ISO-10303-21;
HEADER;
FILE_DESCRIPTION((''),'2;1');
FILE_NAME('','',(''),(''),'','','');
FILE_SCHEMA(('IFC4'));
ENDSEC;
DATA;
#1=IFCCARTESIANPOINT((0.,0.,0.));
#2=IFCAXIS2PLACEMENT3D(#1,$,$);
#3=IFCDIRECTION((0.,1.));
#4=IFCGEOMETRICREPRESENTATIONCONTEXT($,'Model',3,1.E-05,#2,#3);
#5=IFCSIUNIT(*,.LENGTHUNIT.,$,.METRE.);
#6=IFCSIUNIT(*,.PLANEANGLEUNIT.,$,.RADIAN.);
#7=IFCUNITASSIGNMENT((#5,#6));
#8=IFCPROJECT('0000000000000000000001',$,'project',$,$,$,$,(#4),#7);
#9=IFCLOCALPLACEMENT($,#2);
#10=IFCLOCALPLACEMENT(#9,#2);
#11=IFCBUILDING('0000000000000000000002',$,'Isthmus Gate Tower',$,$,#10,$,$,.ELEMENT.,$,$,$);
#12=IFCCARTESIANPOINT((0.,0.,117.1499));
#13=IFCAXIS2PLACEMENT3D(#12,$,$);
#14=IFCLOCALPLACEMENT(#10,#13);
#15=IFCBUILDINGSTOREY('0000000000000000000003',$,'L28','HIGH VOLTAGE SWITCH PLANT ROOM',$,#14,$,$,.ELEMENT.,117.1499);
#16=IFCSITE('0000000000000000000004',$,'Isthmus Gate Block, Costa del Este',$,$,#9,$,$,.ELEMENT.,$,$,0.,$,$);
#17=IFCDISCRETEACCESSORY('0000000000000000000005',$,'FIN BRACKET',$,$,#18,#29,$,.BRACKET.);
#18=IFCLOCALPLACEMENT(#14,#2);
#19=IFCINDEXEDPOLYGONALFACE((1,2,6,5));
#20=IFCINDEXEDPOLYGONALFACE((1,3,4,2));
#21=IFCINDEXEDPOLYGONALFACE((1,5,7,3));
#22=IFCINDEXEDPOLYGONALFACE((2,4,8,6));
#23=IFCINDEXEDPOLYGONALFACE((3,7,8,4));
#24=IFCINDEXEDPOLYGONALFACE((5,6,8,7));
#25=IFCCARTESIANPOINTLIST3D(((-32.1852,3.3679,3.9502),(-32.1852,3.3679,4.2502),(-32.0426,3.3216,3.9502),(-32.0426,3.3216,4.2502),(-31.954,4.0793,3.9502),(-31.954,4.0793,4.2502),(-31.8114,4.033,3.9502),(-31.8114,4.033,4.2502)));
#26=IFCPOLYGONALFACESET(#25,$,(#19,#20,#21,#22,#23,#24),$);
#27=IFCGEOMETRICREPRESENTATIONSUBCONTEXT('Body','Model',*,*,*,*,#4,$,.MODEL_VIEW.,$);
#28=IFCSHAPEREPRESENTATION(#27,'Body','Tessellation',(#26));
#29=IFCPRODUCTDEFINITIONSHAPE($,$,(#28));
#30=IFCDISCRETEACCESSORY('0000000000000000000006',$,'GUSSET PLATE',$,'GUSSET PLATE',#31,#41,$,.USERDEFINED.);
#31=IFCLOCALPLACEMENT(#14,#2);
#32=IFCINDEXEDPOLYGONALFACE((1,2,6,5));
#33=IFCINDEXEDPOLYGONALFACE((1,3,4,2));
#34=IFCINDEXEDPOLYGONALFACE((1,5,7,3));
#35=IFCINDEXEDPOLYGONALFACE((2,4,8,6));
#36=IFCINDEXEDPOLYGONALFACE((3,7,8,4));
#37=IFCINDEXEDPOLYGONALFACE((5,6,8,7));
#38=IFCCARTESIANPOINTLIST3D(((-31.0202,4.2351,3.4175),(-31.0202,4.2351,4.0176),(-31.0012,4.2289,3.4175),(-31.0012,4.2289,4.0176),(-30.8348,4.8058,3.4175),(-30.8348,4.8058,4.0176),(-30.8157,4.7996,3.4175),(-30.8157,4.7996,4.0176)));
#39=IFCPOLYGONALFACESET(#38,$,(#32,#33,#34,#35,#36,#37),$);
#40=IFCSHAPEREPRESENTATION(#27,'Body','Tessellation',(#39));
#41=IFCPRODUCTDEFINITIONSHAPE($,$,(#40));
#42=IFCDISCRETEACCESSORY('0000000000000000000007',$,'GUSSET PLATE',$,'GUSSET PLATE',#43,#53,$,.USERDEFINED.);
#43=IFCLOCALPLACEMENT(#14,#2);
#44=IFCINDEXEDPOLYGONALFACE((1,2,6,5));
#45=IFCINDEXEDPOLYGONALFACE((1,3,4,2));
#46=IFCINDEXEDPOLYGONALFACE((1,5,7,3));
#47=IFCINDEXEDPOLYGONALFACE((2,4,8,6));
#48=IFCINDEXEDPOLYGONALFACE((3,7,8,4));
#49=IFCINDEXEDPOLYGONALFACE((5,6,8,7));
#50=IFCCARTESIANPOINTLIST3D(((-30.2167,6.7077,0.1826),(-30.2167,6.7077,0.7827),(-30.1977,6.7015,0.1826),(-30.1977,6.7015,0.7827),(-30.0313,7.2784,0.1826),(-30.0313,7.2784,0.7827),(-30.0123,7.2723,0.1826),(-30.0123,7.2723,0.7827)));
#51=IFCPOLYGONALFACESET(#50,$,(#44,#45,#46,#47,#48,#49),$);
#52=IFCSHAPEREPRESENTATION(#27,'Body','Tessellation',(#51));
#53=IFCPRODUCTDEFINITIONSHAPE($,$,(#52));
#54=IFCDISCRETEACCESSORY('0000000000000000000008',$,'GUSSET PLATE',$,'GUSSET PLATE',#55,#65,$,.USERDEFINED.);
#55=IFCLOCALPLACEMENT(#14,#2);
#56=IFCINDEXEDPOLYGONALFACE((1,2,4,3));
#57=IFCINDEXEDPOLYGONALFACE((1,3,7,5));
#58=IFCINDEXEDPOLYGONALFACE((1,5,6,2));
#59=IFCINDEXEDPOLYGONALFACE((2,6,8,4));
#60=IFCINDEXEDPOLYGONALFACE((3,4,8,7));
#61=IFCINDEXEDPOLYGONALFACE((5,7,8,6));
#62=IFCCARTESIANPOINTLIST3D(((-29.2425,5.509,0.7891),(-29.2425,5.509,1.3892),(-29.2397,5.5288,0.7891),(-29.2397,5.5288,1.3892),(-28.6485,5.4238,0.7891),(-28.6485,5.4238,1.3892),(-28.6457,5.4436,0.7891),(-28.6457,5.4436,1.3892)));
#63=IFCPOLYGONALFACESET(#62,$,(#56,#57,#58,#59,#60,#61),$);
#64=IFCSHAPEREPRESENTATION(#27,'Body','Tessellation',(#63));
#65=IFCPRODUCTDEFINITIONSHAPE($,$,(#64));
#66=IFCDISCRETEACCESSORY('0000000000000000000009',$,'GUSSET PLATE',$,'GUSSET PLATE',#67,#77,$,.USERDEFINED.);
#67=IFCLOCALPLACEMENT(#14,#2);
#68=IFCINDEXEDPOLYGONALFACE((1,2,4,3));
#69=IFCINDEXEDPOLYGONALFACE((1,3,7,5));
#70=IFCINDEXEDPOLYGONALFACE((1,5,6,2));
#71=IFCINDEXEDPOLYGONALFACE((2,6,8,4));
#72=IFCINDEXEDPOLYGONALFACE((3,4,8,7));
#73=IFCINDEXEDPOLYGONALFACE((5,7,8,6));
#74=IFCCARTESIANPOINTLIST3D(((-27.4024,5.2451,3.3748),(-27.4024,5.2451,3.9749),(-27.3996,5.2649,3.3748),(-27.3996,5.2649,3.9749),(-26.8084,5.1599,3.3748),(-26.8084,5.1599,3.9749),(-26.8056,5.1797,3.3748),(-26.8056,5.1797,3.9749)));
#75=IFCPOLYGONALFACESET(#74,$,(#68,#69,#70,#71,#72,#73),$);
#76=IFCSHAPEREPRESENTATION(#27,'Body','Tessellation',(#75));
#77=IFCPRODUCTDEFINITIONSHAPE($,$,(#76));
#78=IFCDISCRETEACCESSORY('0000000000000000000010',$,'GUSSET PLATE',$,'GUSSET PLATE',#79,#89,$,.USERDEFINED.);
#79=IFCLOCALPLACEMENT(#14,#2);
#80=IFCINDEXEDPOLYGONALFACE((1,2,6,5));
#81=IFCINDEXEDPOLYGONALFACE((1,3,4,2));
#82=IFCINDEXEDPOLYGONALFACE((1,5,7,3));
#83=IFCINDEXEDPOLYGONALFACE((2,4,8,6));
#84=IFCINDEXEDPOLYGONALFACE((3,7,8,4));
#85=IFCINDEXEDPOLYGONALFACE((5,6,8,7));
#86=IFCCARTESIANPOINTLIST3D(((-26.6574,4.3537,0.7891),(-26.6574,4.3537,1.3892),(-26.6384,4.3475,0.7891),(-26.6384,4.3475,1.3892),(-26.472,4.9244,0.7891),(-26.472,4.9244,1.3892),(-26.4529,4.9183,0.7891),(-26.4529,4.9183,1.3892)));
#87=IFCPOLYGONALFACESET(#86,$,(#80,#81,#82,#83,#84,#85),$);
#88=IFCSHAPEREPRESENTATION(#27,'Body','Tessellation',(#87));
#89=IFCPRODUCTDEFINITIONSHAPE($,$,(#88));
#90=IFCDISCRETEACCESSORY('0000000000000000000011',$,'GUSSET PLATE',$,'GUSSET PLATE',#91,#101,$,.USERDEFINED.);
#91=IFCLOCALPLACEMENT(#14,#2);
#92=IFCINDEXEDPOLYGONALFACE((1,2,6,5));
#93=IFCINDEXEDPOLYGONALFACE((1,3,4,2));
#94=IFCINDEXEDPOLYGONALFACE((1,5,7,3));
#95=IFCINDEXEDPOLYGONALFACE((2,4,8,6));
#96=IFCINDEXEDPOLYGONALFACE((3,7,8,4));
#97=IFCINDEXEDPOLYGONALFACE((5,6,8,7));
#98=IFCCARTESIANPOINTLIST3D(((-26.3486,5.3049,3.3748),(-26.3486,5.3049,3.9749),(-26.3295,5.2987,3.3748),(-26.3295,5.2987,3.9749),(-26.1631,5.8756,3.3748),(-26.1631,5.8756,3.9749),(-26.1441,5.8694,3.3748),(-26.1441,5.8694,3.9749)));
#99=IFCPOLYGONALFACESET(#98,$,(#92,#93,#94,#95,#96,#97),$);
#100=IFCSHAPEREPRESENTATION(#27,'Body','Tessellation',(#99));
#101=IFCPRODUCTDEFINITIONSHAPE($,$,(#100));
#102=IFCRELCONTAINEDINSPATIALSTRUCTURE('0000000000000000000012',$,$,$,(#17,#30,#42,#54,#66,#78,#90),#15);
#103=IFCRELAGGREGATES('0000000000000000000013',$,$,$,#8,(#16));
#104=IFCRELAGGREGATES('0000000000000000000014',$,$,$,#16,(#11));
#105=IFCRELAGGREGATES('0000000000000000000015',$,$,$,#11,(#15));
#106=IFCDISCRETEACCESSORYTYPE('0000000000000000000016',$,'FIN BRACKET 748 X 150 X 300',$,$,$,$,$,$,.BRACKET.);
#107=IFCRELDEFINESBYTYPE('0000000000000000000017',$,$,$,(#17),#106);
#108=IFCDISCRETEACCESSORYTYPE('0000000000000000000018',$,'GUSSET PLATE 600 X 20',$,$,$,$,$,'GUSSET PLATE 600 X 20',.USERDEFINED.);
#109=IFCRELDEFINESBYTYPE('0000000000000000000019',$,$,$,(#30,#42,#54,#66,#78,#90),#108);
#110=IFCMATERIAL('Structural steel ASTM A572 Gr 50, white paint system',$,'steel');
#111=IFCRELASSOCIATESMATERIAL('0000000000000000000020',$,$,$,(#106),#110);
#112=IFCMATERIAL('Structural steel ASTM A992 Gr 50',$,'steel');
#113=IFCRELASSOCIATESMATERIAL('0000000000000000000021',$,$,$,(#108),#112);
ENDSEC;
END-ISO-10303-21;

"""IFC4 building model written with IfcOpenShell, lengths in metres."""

from ifc_helpers import new_model, si_unit, direction, frame, origin, origin_2d, place, context, subcontext, project, spatial, rectangle, extrude, material, type_object, element, save


model = new_model("IFC4")

# Units and contexts
model_context = context("Model", 3, precision=1e-05, world=origin(), true_north=direction((0.0, 1.0)))
body_context = subcontext(model_context, "Body", "Model", "MODEL_VIEW")
ifc_project = project(units=[si_unit("LENGTHUNIT", "METRE"), si_unit("PLANEANGLEUNIT", "RADIAN")], contexts=[model_context])

# Site, building, storey
site_placement = place(None, origin())
site = spatial("IfcSite", under=ifc_project, at=site_placement, Name="Isthmus Gate Block, Costa del Este", CompositionType="ELEMENT", RefElevation=0.0)
building_placement = place(site_placement, origin())
building = spatial("IfcBuilding", under=site, at=building_placement, Name="Isthmus Gate Tower", CompositionType="ELEMENT")
storey_placement = place(building_placement, frame((0.0, 0.0, 117.1499)))
storey = spatial("IfcBuildingStorey", under=building, at=storey_placement, Name="L28", Description="HIGH VOLTAGE SWITCH PLANT ROOM", CompositionType="ELEMENT", Elevation=117.1499)

# Discrete accessories
ifc_material_1 = material(Name="Structural steel ASTM A572 Gr 50, white paint system", Category="steel")
discrete_accessory_type_1 = type_object("IfcDiscreteAccessoryType", Name="FIN BRACKET 748 X 150 X 300", PredefinedType="BRACKET", material=ifc_material_1)
for number, where, z_axis, x_axis, name in (
    (1, (-31.9983, 3.7004, 3.9502), (0.0, 0.0, 1.0), (-0.951057, 0.309017, 0.0), "FIN BRACKET"),
):
    element("IfcDiscreteAccessory", number, at=place(storey_placement, frame(where, z_axis=z_axis, x_axis=x_axis)), inside=storey, type_object=discrete_accessory_type_1, Name=name, PredefinedType="BRACKET", context=body_context, shape_type="SweptSolid", body=[
        extrude(rectangle(XDim=0.1499, YDim=0.748, at=origin_2d()), origin(), (0.0, 0.0, 1.0), 0.3),
    ])
ifc_material_2 = material(Name="Structural steel ASTM A992 Gr 50", Category="steel")
discrete_accessory_type_2 = type_object("IfcDiscreteAccessoryType", Name="GUSSET PLATE 600 X 20", ElementType="GUSSET PLATE 600 X 20", PredefinedType="USERDEFINED", material=ifc_material_2)
for number, where, z_axis, x_axis, name in (
    (2, (-30.918, 4.5173, 3.4175), (0.0, 0.0, 1.0), (0.309017, 0.951057, 0.0), "GUSSET PLATE"),
    (3, (-30.1145, 6.99, 0.1826), (0.0, 0.0, 1.0), (0.309017, 0.951057, 0.0), "GUSSET PLATE"),
    (4, (-28.9441, 5.4763, 0.7891), (0.0, 0.0, 1.0), (0.989868, -0.141993, 0.0), "GUSSET PLATE"),
    (5, (-27.104, 5.2124, 3.3748), (0.0, 0.0, 1.0), (0.989868, -0.141993, 0.0), "GUSSET PLATE"),
    (6, (-26.5552, 4.636, 0.7891), (0.0, 0.0, 1.0), (-0.309017, -0.951057, 0.0), "GUSSET PLATE"),
    (7, (-26.2463, 5.5872, 3.3748), (0.0, 0.0, 1.0), (-0.309017, -0.951057, 0.0), "GUSSET PLATE"),
):
    element("IfcDiscreteAccessory", number, at=place(storey_placement, frame(where, z_axis=z_axis, x_axis=x_axis)), inside=storey, type_object=discrete_accessory_type_2, Name=name, ObjectType="GUSSET PLATE", PredefinedType="USERDEFINED", context=body_context, shape_type="SweptSolid", body=[
        extrude(rectangle(XDim=0.6001, YDim=0.02, at=origin_2d()), origin(), (0.0, 0.0, 1.0), 0.6001),
    ])

save(model, "model.ifc")
